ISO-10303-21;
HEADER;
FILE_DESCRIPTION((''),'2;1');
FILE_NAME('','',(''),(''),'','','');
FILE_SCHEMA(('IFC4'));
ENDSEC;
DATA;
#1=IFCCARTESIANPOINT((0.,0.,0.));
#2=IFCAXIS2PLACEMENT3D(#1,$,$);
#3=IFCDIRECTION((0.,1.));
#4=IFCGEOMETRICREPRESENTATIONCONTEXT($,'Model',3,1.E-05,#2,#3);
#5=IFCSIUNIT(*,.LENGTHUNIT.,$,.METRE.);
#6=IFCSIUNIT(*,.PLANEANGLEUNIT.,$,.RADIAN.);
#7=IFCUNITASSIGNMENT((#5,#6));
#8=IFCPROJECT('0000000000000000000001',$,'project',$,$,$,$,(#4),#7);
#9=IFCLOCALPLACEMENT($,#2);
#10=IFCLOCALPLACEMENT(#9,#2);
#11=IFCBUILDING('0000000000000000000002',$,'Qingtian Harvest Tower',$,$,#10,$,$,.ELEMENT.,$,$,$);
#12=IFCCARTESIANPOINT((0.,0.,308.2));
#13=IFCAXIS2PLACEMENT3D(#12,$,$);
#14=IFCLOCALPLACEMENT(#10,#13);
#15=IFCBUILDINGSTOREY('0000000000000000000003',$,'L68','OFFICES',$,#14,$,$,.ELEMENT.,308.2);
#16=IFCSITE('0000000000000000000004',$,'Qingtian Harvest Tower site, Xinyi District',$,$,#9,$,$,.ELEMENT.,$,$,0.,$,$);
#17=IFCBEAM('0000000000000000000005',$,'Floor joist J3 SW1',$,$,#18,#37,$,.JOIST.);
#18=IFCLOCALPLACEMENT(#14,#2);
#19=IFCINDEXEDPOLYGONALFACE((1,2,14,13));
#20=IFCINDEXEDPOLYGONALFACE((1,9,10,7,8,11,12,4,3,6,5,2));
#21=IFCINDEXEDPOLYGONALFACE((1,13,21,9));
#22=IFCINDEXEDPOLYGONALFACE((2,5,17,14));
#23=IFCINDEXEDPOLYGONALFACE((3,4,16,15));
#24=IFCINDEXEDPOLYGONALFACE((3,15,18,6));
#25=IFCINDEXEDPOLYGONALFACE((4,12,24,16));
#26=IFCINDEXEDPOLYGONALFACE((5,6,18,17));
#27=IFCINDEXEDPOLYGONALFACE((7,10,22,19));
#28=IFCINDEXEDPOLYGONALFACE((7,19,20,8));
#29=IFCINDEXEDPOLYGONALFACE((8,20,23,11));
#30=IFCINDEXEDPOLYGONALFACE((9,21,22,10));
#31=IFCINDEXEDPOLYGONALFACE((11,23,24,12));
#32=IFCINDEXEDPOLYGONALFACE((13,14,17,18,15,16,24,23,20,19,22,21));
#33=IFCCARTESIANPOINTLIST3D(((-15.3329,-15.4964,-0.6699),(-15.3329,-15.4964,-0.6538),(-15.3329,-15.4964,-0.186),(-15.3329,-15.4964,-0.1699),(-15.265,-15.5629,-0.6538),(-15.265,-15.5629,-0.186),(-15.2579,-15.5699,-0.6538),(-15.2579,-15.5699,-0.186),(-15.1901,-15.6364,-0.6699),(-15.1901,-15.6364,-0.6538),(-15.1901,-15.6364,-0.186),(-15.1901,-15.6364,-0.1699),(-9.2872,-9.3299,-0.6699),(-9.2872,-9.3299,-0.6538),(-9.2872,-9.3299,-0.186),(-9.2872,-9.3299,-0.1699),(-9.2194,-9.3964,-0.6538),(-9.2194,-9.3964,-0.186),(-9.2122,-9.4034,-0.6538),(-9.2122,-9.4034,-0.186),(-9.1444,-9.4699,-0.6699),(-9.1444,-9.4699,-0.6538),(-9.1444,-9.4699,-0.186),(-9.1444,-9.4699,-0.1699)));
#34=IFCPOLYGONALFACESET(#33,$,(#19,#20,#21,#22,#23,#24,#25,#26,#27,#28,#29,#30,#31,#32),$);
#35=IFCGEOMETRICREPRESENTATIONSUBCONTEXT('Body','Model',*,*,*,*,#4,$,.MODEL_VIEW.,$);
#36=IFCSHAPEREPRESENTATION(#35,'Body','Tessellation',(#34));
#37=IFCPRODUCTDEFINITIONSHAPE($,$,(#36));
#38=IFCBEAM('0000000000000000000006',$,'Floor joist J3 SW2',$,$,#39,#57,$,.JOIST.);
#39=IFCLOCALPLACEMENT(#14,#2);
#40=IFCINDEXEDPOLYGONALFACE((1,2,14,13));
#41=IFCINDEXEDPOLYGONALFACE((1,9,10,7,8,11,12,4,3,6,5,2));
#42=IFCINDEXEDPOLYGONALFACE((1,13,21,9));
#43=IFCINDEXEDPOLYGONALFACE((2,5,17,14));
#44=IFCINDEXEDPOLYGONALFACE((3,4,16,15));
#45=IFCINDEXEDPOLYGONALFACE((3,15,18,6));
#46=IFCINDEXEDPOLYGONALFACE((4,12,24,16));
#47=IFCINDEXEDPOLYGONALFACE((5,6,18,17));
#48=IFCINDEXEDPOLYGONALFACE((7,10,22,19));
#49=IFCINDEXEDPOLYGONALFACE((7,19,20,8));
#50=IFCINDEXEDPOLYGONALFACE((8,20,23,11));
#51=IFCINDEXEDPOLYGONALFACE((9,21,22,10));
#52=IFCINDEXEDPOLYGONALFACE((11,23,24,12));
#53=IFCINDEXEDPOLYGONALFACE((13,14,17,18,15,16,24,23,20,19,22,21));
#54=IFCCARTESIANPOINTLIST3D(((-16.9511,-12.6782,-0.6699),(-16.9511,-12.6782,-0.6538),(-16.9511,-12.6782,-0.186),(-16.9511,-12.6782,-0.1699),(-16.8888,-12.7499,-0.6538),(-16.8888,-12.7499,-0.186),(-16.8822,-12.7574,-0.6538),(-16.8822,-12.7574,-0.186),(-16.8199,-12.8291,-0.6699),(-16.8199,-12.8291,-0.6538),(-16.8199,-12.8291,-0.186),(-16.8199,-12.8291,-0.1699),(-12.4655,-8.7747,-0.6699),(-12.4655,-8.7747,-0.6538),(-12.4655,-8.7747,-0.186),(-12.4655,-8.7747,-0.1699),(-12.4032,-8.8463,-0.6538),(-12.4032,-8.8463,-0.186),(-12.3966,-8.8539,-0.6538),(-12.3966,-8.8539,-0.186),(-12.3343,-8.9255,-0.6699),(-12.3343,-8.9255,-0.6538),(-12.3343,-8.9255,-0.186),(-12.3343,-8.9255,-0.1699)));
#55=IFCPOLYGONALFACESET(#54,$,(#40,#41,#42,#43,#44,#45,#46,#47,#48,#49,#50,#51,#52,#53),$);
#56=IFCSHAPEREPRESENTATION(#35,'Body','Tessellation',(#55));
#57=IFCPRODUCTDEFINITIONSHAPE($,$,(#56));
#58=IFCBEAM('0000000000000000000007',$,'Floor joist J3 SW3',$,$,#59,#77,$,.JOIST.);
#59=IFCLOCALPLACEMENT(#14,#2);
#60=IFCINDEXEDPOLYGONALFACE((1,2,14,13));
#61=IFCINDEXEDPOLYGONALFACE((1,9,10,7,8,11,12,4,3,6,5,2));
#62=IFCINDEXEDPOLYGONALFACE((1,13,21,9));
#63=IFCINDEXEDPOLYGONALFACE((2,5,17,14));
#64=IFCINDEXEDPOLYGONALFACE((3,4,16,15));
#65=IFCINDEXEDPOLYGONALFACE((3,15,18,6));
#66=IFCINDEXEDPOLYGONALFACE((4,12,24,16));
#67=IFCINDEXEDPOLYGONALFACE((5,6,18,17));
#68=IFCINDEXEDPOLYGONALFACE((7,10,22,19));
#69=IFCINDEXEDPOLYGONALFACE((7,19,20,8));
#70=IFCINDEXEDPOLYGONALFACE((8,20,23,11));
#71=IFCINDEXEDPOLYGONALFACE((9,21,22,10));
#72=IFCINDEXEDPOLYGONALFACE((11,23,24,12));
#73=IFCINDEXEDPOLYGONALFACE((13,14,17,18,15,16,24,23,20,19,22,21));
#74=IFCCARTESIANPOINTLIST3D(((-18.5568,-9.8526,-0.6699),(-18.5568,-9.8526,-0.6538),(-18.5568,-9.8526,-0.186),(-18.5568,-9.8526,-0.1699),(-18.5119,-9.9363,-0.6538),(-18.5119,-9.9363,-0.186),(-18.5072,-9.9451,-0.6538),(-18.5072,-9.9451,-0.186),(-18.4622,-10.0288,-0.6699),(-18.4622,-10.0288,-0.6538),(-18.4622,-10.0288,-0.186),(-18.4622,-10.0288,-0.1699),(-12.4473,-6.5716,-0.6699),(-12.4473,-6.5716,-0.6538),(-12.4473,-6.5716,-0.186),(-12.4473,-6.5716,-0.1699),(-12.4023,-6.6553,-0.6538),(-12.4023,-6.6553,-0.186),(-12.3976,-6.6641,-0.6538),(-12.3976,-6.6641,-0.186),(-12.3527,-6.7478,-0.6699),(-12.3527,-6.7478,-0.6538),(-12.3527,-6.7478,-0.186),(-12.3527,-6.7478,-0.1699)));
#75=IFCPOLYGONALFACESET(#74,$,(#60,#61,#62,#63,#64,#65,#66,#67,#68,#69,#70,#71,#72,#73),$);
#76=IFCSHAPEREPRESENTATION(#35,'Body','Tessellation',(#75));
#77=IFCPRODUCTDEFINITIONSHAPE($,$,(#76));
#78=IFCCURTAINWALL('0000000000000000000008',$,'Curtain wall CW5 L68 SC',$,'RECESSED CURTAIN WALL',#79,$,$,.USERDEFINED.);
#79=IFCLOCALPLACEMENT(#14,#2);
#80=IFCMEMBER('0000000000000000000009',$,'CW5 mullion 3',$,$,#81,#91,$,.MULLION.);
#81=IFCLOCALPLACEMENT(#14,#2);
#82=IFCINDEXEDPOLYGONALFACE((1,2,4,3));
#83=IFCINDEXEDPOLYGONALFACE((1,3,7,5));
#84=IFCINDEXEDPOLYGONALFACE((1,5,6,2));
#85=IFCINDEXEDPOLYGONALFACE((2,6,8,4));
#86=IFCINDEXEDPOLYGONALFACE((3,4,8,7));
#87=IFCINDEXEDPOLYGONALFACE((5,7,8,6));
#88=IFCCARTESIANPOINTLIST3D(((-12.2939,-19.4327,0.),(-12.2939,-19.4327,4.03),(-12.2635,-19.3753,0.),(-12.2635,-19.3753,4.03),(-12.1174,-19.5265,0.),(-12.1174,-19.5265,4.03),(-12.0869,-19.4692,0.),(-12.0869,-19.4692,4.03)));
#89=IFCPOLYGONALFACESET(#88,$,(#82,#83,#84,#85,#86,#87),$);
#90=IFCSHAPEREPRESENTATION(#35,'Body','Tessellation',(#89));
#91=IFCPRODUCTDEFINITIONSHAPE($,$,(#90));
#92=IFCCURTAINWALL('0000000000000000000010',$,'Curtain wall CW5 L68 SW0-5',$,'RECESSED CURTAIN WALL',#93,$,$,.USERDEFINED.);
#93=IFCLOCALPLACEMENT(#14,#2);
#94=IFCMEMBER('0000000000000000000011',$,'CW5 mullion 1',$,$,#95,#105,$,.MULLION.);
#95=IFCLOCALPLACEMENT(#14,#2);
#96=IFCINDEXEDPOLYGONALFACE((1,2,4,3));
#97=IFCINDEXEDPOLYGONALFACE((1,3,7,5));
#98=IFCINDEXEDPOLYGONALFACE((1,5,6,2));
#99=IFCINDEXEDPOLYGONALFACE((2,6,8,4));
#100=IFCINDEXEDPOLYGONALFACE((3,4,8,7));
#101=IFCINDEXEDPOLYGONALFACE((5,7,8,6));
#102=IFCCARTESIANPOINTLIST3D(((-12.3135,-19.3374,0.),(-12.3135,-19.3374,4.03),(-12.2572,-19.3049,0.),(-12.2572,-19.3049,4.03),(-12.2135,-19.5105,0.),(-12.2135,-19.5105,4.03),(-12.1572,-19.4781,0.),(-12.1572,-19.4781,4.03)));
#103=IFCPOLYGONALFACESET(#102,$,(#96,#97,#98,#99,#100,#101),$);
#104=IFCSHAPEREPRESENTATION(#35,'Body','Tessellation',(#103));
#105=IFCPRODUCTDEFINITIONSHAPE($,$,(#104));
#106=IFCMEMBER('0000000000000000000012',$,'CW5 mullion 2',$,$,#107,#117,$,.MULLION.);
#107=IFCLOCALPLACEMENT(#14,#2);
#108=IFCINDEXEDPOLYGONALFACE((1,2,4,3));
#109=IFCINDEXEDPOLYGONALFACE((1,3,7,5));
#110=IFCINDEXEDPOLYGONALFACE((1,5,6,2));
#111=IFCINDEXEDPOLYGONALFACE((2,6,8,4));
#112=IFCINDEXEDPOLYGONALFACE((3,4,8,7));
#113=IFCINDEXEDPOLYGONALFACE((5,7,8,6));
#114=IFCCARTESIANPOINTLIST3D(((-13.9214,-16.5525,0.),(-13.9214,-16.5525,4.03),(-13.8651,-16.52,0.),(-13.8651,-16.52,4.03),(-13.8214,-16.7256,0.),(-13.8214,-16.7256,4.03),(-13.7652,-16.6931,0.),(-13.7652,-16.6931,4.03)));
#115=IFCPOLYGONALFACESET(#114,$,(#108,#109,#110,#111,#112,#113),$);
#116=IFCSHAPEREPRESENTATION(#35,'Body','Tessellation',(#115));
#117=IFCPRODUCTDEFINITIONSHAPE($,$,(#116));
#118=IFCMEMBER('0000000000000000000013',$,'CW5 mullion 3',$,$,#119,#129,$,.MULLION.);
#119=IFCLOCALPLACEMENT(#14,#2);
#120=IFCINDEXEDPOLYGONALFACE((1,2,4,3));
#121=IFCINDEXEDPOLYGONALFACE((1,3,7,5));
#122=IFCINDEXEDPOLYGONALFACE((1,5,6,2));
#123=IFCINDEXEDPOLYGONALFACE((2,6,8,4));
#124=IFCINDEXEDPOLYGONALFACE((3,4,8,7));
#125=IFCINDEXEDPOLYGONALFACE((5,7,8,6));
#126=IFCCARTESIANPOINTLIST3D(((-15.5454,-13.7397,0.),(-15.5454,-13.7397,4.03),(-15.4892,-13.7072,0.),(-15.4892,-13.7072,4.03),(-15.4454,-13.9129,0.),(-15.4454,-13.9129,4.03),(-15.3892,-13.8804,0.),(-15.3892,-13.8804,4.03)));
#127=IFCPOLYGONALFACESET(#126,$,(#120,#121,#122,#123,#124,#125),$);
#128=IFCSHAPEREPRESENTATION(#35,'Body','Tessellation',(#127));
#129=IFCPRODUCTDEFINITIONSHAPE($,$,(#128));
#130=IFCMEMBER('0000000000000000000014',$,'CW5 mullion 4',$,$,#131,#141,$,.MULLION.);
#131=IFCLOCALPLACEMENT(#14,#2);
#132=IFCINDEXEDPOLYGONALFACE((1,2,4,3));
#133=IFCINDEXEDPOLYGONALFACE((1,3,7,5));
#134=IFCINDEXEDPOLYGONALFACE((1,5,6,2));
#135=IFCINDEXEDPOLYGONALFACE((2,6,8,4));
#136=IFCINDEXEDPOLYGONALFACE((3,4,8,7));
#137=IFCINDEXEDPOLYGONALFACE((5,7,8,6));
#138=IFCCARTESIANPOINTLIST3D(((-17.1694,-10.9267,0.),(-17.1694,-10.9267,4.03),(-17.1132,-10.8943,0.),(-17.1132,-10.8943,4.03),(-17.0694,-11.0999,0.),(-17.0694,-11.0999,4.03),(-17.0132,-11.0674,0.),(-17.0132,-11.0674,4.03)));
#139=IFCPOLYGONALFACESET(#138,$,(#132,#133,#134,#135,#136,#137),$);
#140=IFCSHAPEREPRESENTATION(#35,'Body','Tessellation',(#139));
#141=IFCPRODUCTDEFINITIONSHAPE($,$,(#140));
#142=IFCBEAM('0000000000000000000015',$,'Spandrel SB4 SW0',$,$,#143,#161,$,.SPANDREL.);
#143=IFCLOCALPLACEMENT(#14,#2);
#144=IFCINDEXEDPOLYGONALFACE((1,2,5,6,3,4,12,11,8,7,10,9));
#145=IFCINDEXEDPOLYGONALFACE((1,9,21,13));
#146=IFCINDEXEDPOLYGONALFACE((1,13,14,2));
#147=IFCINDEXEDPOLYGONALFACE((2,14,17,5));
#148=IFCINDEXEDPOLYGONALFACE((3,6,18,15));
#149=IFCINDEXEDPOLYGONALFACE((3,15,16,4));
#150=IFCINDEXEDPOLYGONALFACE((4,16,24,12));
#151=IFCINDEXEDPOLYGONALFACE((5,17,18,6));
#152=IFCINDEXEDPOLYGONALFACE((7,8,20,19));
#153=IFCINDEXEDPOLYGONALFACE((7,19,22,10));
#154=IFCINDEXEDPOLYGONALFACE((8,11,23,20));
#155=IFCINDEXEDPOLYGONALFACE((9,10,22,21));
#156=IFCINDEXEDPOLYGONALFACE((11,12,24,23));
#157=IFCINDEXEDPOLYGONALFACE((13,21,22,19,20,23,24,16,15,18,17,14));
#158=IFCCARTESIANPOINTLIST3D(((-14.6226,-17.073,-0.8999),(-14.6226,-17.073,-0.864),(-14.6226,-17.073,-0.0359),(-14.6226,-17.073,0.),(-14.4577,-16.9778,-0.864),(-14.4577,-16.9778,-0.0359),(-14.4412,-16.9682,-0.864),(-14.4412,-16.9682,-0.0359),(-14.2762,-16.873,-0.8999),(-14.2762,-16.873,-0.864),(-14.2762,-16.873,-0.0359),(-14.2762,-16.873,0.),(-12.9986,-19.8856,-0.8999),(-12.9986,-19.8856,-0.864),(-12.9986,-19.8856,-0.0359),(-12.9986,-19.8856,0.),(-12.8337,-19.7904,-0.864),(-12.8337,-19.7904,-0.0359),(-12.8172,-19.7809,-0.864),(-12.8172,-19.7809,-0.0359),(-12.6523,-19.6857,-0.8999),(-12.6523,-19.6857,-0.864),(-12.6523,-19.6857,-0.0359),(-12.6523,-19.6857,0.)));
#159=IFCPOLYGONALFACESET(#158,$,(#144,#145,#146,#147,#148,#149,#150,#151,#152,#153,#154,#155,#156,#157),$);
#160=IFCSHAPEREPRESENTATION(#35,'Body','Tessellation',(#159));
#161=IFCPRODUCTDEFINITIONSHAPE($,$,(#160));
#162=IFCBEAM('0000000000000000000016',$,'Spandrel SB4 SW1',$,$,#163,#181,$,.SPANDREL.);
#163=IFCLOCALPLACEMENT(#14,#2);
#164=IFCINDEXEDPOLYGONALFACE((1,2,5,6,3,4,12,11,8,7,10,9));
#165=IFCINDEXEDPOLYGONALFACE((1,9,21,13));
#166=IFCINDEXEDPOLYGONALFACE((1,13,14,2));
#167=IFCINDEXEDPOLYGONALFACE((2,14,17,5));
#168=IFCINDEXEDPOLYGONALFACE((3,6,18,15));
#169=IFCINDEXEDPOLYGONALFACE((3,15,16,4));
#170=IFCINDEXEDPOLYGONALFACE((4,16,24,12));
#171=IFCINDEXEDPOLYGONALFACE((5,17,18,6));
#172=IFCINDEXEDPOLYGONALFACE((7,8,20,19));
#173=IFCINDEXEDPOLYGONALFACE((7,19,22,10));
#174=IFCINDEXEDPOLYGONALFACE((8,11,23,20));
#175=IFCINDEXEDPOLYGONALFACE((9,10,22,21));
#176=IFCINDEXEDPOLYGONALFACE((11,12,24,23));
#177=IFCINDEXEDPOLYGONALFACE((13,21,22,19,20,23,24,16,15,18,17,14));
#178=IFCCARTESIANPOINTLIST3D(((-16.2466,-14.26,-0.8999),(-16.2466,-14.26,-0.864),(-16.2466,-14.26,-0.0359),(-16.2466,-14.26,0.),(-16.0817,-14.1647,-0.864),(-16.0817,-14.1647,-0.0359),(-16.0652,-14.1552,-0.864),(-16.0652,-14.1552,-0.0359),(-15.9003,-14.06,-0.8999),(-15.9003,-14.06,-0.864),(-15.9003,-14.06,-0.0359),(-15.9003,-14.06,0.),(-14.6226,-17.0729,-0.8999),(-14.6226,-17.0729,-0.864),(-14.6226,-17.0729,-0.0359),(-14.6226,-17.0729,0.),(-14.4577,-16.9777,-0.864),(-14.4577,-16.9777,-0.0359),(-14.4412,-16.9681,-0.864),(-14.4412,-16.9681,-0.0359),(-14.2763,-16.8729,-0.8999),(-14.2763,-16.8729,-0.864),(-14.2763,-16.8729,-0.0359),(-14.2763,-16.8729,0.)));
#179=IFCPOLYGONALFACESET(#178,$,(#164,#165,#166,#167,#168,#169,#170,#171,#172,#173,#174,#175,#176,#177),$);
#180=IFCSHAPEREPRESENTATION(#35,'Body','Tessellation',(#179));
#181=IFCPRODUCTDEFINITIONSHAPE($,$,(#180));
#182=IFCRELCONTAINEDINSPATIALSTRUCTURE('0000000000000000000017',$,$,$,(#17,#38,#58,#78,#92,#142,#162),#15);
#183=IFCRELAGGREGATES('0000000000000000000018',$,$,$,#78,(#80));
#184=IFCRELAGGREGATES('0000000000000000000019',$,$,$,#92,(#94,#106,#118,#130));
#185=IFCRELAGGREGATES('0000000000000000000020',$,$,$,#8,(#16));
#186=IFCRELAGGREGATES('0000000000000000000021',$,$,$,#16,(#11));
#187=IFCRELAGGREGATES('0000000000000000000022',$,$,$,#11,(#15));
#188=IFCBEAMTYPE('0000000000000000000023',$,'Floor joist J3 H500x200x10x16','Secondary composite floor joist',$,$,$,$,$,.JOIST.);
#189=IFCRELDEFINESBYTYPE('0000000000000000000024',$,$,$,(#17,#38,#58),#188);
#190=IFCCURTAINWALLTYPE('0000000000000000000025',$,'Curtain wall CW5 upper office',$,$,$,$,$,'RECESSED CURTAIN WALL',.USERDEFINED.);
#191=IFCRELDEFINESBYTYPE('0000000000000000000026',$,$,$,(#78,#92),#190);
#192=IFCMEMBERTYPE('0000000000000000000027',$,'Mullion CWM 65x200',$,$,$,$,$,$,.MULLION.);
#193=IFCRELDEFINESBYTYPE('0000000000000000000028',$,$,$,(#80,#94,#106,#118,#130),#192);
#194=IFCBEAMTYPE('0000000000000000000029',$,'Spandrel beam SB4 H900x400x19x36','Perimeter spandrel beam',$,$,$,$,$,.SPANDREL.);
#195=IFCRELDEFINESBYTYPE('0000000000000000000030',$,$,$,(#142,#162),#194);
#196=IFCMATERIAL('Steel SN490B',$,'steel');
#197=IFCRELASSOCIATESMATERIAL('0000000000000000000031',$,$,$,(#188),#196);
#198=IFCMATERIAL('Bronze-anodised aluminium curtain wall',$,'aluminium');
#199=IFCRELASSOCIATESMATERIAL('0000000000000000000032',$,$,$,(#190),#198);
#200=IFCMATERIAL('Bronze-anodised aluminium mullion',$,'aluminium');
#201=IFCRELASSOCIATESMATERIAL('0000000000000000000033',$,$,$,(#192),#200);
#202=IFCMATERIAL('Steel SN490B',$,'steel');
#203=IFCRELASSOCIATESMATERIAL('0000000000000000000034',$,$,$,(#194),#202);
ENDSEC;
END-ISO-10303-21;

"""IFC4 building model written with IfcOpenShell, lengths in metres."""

from ifc_helpers import new_model, si_unit, direction, frame, origin, origin_2d, place, context, subcontext, project, spatial, rectangle, i_section, extrude, material, material_profile, profile_set, type_object, element, aggregate, save


model = new_model("IFC4")

# Units and contexts
model_context = context("Model", 3, precision=1e-05, world=origin(), true_north=direction((0.0, 1.0)))
body_context = subcontext(model_context, "Body", "Model", "MODEL_VIEW")
ifc_project = project(units=[si_unit("LENGTHUNIT", "METRE"), si_unit("PLANEANGLEUNIT", "RADIAN")], contexts=[model_context])

# Site, building, storey
site_placement = place(None, origin())
site = spatial("IfcSite", under=ifc_project, at=site_placement, Name="Qingtian Harvest Tower site, Xinyi District", CompositionType="ELEMENT", RefElevation=0.0)
building_placement = place(site_placement, origin())
building = spatial("IfcBuilding", under=site, at=building_placement, Name="Qingtian Harvest Tower", CompositionType="ELEMENT")
storey_placement = place(building_placement, frame((0.0, 0.0, 308.2)))
storey = spatial("IfcBuildingStorey", under=building, at=storey_placement, Name="L68", Description="OFFICES", CompositionType="ELEMENT", Elevation=308.2)

# Beams
ifc_material_1 = material(Name="Steel SN490B", Category="steel")
ifc_material_profile_1 = material_profile(ifc_material_1, i_section(OverallWidth=0.2, OverallDepth=0.5, WebThickness=0.01, FlangeThickness=0.0161, at=origin_2d()), Name="H500x200x10x16")
ifc_profile_set_1 = profile_set([ifc_material_profile_1], Name="Steel SN490B")
beam_type_1 = type_object("IfcBeamType", Name="Floor joist J3 H500x200x10x16", Description="Secondary composite floor joist", PredefinedType="JOIST", material=ifc_profile_set_1)
beam_1_placement = place(storey_placement, frame((-15.2615, -15.5664, -0.4199), z_axis=(0.700075, 0.714069, 0.0), x_axis=(-0.714069, 0.700075, 0.0)))
element("IfcBeam", 1, at=beam_1_placement, inside=storey, type_object=beam_type_1, Name="Floor joist J3 SW1", PredefinedType="JOIST", context=body_context, shape_type="SweptSolid", body=[
    extrude(i_section(OverallWidth=0.2, OverallDepth=0.5, WebThickness=0.01, FlangeThickness=0.0161, at=origin_2d()), origin(), (0.0, 0.0, 1.0), 8.6357),
])
beam_2_placement = place(storey_placement, frame((-16.8855, -12.7537, -0.4199), z_axis=(0.754352, 0.65647, 0.0), x_axis=(-0.65647, 0.754352, 0.0)))
element("IfcBeam", 2, at=beam_2_placement, inside=storey, type_object=beam_type_1, Name="Floor joist J3 SW2", PredefinedType="JOIST", context=body_context, shape_type="SweptSolid", body=[
    extrude(i_section(OverallWidth=0.2, OverallDepth=0.5, WebThickness=0.01, FlangeThickness=0.0161, at=origin_2d()), origin(), (0.0, 0.0, 1.0), 5.9463),
])
beam_3_placement = place(storey_placement, frame((-18.5095, -9.9407, -0.4199), z_axis=(0.881, 0.473117, 0.0), x_axis=(-0.473117, 0.881, 0.0)))
element("IfcBeam", 3, at=beam_3_placement, inside=storey, type_object=beam_type_1, Name="Floor joist J3 SW3", PredefinedType="JOIST", context=body_context, shape_type="SweptSolid", body=[
    extrude(i_section(OverallWidth=0.2, OverallDepth=0.5, WebThickness=0.01, FlangeThickness=0.0161, at=origin_2d()), origin(), (0.0, 0.0, 1.0), 6.9348),
])

# Curtain wall, member
ifc_material_2 = material(Name="Bronze-anodised aluminium curtain wall", Category="aluminium")
curtain_wall_type = type_object("IfcCurtainWallType", Name="Curtain wall CW5 upper office", ElementType="RECESSED CURTAIN WALL", PredefinedType="USERDEFINED", material=ifc_material_2)
curtain_wall_1_placement = place(storey_placement, origin())
curtain_wall_1 = element("IfcCurtainWall", 4, at=curtain_wall_1_placement, inside=storey, type_object=curtain_wall_type, Name="Curtain wall CW5 L68 SC", ObjectType="RECESSED CURTAIN WALL", PredefinedType="USERDEFINED")
ifc_material_3 = material(Name="Bronze-anodised aluminium mullion", Category="aluminium")
ifc_material_profile_2 = material_profile(ifc_material_3, rectangle(XDim=0.0649, YDim=0.2, at=origin_2d()), Name="AL 65x200")
ifc_profile_set_2 = profile_set([ifc_material_profile_2], Name="Bronze-anodised aluminium mullion")
member_type_1 = type_object("IfcMemberType", Name="Mullion CWM 65x200", PredefinedType="MULLION", material=ifc_profile_set_2)
member_1_placement = place(storey_placement, frame((-12.1904, -19.4509, 0.0), z_axis=(0.0, 0.0, 1.0), x_axis=(-0.469472, -0.882948, 0.0)))
member_1 = element("IfcMember", 5, at=member_1_placement, type_object=member_type_1, Name="CW5 mullion 3", PredefinedType="MULLION", context=body_context, shape_type="SweptSolid", body=[
    extrude(rectangle(XDim=0.0649, YDim=0.2, at=origin_2d()), origin(), (0.0, 0.0, 1.0), 4.03),
])
aggregate(curtain_wall_1, [member_1])

# Curtain wall, members
curtain_wall_2_placement = place(storey_placement, origin())
curtain_wall_2 = element("IfcCurtainWall", 6, at=curtain_wall_2_placement, inside=storey, type_object=curtain_wall_type, Name="Curtain wall CW5 L68 SW0-5", ObjectType="RECESSED CURTAIN WALL", PredefinedType="USERDEFINED")
member_2_placement = place(storey_placement, frame((-12.2354, -19.4077, 0.0), z_axis=(0.0, 0.0, 1.0), x_axis=(-0.866025, -0.5, 0.0)))
member_2 = element("IfcMember", 7, at=member_2_placement, type_object=member_type_1, Name="CW5 mullion 1", PredefinedType="MULLION", context=body_context, shape_type="SweptSolid", body=[
    extrude(rectangle(XDim=0.0649, YDim=0.2, at=origin_2d()), origin(), (0.0, 0.0, 1.0), 4.03),
])
member_3_placement = place(storey_placement, frame((-13.8433, -16.6228, 0.0), z_axis=(0.0, 0.0, 1.0), x_axis=(-0.866025, -0.5, 0.0)))
member_3 = element("IfcMember", 8, at=member_3_placement, type_object=member_type_1, Name="CW5 mullion 2", PredefinedType="MULLION", context=body_context, shape_type="SweptSolid", body=[
    extrude(rectangle(XDim=0.0649, YDim=0.2, at=origin_2d()), origin(), (0.0, 0.0, 1.0), 4.03),
])
member_4_placement = place(storey_placement, frame((-15.4673, -13.8101, 0.0), z_axis=(0.0, 0.0, 1.0), x_axis=(-0.866025, -0.5, 0.0)))
member_4 = element("IfcMember", 9, at=member_4_placement, type_object=member_type_1, Name="CW5 mullion 3", PredefinedType="MULLION", context=body_context, shape_type="SweptSolid", body=[
    extrude(rectangle(XDim=0.0649, YDim=0.2, at=origin_2d()), origin(), (0.0, 0.0, 1.0), 4.03),
])
member_5_placement = place(storey_placement, frame((-17.0913, -10.9971, 0.0), z_axis=(0.0, 0.0, 1.0), x_axis=(-0.866025, -0.5, 0.0)))
member_5 = element("IfcMember", 10, at=member_5_placement, type_object=member_type_1, Name="CW5 mullion 4", PredefinedType="MULLION", context=body_context, shape_type="SweptSolid", body=[
    extrude(rectangle(XDim=0.0649, YDim=0.2, at=origin_2d()), origin(), (0.0, 0.0, 1.0), 4.03),
])

# Beams
ifc_material_4 = material(Name="Steel SN490B", Category="steel")
ifc_material_profile_3 = material_profile(ifc_material_4, i_section(OverallWidth=0.3999, OverallDepth=0.8999, WebThickness=0.019, FlangeThickness=0.0359, at=origin_2d()), Name="H900x400x19x36")
ifc_profile_set_3 = profile_set([ifc_material_profile_3], Name="Steel SN490B")
beam_type_2 = type_object("IfcBeamType", Name="Spandrel beam SB4 H900x400x19x36", Description="Perimeter spandrel beam", PredefinedType="SPANDREL", material=ifc_profile_set_3)
beam_4_placement = place(storey_placement, frame((-12.8254, -19.7856, -0.45), z_axis=(-0.50002, 0.866014, 0.0), x_axis=(-0.866014, -0.50002, 0.0)))
element("IfcBeam", 11, at=beam_4_placement, inside=storey, type_object=beam_type_2, Name="Spandrel SB4 SW0", PredefinedType="SPANDREL", context=body_context, shape_type="SweptSolid", body=[
    extrude(i_section(OverallWidth=0.3999, OverallDepth=0.8999, WebThickness=0.019, FlangeThickness=0.0359, at=origin_2d()), origin(), (0.0, 0.0, 1.0), 3.2478),
])
beam_5_placement = place(storey_placement, frame((-14.4495, -16.9729, -0.45), z_axis=(-0.499987, 0.866033, 0.0), x_axis=(-0.866033, -0.499987, 0.0)))
element("IfcBeam", 12, at=beam_5_placement, inside=storey, type_object=beam_type_2, Name="Spandrel SB4 SW1", PredefinedType="SPANDREL", context=body_context, shape_type="SweptSolid", body=[
    extrude(i_section(OverallWidth=0.3999, OverallDepth=0.8999, WebThickness=0.019, FlangeThickness=0.0359, at=origin_2d()), origin(), (0.0, 0.0, 1.0), 3.248),
])

aggregate(curtain_wall_2, [member_2, member_3, member_4, member_5])

save(model, "model.ifc")
